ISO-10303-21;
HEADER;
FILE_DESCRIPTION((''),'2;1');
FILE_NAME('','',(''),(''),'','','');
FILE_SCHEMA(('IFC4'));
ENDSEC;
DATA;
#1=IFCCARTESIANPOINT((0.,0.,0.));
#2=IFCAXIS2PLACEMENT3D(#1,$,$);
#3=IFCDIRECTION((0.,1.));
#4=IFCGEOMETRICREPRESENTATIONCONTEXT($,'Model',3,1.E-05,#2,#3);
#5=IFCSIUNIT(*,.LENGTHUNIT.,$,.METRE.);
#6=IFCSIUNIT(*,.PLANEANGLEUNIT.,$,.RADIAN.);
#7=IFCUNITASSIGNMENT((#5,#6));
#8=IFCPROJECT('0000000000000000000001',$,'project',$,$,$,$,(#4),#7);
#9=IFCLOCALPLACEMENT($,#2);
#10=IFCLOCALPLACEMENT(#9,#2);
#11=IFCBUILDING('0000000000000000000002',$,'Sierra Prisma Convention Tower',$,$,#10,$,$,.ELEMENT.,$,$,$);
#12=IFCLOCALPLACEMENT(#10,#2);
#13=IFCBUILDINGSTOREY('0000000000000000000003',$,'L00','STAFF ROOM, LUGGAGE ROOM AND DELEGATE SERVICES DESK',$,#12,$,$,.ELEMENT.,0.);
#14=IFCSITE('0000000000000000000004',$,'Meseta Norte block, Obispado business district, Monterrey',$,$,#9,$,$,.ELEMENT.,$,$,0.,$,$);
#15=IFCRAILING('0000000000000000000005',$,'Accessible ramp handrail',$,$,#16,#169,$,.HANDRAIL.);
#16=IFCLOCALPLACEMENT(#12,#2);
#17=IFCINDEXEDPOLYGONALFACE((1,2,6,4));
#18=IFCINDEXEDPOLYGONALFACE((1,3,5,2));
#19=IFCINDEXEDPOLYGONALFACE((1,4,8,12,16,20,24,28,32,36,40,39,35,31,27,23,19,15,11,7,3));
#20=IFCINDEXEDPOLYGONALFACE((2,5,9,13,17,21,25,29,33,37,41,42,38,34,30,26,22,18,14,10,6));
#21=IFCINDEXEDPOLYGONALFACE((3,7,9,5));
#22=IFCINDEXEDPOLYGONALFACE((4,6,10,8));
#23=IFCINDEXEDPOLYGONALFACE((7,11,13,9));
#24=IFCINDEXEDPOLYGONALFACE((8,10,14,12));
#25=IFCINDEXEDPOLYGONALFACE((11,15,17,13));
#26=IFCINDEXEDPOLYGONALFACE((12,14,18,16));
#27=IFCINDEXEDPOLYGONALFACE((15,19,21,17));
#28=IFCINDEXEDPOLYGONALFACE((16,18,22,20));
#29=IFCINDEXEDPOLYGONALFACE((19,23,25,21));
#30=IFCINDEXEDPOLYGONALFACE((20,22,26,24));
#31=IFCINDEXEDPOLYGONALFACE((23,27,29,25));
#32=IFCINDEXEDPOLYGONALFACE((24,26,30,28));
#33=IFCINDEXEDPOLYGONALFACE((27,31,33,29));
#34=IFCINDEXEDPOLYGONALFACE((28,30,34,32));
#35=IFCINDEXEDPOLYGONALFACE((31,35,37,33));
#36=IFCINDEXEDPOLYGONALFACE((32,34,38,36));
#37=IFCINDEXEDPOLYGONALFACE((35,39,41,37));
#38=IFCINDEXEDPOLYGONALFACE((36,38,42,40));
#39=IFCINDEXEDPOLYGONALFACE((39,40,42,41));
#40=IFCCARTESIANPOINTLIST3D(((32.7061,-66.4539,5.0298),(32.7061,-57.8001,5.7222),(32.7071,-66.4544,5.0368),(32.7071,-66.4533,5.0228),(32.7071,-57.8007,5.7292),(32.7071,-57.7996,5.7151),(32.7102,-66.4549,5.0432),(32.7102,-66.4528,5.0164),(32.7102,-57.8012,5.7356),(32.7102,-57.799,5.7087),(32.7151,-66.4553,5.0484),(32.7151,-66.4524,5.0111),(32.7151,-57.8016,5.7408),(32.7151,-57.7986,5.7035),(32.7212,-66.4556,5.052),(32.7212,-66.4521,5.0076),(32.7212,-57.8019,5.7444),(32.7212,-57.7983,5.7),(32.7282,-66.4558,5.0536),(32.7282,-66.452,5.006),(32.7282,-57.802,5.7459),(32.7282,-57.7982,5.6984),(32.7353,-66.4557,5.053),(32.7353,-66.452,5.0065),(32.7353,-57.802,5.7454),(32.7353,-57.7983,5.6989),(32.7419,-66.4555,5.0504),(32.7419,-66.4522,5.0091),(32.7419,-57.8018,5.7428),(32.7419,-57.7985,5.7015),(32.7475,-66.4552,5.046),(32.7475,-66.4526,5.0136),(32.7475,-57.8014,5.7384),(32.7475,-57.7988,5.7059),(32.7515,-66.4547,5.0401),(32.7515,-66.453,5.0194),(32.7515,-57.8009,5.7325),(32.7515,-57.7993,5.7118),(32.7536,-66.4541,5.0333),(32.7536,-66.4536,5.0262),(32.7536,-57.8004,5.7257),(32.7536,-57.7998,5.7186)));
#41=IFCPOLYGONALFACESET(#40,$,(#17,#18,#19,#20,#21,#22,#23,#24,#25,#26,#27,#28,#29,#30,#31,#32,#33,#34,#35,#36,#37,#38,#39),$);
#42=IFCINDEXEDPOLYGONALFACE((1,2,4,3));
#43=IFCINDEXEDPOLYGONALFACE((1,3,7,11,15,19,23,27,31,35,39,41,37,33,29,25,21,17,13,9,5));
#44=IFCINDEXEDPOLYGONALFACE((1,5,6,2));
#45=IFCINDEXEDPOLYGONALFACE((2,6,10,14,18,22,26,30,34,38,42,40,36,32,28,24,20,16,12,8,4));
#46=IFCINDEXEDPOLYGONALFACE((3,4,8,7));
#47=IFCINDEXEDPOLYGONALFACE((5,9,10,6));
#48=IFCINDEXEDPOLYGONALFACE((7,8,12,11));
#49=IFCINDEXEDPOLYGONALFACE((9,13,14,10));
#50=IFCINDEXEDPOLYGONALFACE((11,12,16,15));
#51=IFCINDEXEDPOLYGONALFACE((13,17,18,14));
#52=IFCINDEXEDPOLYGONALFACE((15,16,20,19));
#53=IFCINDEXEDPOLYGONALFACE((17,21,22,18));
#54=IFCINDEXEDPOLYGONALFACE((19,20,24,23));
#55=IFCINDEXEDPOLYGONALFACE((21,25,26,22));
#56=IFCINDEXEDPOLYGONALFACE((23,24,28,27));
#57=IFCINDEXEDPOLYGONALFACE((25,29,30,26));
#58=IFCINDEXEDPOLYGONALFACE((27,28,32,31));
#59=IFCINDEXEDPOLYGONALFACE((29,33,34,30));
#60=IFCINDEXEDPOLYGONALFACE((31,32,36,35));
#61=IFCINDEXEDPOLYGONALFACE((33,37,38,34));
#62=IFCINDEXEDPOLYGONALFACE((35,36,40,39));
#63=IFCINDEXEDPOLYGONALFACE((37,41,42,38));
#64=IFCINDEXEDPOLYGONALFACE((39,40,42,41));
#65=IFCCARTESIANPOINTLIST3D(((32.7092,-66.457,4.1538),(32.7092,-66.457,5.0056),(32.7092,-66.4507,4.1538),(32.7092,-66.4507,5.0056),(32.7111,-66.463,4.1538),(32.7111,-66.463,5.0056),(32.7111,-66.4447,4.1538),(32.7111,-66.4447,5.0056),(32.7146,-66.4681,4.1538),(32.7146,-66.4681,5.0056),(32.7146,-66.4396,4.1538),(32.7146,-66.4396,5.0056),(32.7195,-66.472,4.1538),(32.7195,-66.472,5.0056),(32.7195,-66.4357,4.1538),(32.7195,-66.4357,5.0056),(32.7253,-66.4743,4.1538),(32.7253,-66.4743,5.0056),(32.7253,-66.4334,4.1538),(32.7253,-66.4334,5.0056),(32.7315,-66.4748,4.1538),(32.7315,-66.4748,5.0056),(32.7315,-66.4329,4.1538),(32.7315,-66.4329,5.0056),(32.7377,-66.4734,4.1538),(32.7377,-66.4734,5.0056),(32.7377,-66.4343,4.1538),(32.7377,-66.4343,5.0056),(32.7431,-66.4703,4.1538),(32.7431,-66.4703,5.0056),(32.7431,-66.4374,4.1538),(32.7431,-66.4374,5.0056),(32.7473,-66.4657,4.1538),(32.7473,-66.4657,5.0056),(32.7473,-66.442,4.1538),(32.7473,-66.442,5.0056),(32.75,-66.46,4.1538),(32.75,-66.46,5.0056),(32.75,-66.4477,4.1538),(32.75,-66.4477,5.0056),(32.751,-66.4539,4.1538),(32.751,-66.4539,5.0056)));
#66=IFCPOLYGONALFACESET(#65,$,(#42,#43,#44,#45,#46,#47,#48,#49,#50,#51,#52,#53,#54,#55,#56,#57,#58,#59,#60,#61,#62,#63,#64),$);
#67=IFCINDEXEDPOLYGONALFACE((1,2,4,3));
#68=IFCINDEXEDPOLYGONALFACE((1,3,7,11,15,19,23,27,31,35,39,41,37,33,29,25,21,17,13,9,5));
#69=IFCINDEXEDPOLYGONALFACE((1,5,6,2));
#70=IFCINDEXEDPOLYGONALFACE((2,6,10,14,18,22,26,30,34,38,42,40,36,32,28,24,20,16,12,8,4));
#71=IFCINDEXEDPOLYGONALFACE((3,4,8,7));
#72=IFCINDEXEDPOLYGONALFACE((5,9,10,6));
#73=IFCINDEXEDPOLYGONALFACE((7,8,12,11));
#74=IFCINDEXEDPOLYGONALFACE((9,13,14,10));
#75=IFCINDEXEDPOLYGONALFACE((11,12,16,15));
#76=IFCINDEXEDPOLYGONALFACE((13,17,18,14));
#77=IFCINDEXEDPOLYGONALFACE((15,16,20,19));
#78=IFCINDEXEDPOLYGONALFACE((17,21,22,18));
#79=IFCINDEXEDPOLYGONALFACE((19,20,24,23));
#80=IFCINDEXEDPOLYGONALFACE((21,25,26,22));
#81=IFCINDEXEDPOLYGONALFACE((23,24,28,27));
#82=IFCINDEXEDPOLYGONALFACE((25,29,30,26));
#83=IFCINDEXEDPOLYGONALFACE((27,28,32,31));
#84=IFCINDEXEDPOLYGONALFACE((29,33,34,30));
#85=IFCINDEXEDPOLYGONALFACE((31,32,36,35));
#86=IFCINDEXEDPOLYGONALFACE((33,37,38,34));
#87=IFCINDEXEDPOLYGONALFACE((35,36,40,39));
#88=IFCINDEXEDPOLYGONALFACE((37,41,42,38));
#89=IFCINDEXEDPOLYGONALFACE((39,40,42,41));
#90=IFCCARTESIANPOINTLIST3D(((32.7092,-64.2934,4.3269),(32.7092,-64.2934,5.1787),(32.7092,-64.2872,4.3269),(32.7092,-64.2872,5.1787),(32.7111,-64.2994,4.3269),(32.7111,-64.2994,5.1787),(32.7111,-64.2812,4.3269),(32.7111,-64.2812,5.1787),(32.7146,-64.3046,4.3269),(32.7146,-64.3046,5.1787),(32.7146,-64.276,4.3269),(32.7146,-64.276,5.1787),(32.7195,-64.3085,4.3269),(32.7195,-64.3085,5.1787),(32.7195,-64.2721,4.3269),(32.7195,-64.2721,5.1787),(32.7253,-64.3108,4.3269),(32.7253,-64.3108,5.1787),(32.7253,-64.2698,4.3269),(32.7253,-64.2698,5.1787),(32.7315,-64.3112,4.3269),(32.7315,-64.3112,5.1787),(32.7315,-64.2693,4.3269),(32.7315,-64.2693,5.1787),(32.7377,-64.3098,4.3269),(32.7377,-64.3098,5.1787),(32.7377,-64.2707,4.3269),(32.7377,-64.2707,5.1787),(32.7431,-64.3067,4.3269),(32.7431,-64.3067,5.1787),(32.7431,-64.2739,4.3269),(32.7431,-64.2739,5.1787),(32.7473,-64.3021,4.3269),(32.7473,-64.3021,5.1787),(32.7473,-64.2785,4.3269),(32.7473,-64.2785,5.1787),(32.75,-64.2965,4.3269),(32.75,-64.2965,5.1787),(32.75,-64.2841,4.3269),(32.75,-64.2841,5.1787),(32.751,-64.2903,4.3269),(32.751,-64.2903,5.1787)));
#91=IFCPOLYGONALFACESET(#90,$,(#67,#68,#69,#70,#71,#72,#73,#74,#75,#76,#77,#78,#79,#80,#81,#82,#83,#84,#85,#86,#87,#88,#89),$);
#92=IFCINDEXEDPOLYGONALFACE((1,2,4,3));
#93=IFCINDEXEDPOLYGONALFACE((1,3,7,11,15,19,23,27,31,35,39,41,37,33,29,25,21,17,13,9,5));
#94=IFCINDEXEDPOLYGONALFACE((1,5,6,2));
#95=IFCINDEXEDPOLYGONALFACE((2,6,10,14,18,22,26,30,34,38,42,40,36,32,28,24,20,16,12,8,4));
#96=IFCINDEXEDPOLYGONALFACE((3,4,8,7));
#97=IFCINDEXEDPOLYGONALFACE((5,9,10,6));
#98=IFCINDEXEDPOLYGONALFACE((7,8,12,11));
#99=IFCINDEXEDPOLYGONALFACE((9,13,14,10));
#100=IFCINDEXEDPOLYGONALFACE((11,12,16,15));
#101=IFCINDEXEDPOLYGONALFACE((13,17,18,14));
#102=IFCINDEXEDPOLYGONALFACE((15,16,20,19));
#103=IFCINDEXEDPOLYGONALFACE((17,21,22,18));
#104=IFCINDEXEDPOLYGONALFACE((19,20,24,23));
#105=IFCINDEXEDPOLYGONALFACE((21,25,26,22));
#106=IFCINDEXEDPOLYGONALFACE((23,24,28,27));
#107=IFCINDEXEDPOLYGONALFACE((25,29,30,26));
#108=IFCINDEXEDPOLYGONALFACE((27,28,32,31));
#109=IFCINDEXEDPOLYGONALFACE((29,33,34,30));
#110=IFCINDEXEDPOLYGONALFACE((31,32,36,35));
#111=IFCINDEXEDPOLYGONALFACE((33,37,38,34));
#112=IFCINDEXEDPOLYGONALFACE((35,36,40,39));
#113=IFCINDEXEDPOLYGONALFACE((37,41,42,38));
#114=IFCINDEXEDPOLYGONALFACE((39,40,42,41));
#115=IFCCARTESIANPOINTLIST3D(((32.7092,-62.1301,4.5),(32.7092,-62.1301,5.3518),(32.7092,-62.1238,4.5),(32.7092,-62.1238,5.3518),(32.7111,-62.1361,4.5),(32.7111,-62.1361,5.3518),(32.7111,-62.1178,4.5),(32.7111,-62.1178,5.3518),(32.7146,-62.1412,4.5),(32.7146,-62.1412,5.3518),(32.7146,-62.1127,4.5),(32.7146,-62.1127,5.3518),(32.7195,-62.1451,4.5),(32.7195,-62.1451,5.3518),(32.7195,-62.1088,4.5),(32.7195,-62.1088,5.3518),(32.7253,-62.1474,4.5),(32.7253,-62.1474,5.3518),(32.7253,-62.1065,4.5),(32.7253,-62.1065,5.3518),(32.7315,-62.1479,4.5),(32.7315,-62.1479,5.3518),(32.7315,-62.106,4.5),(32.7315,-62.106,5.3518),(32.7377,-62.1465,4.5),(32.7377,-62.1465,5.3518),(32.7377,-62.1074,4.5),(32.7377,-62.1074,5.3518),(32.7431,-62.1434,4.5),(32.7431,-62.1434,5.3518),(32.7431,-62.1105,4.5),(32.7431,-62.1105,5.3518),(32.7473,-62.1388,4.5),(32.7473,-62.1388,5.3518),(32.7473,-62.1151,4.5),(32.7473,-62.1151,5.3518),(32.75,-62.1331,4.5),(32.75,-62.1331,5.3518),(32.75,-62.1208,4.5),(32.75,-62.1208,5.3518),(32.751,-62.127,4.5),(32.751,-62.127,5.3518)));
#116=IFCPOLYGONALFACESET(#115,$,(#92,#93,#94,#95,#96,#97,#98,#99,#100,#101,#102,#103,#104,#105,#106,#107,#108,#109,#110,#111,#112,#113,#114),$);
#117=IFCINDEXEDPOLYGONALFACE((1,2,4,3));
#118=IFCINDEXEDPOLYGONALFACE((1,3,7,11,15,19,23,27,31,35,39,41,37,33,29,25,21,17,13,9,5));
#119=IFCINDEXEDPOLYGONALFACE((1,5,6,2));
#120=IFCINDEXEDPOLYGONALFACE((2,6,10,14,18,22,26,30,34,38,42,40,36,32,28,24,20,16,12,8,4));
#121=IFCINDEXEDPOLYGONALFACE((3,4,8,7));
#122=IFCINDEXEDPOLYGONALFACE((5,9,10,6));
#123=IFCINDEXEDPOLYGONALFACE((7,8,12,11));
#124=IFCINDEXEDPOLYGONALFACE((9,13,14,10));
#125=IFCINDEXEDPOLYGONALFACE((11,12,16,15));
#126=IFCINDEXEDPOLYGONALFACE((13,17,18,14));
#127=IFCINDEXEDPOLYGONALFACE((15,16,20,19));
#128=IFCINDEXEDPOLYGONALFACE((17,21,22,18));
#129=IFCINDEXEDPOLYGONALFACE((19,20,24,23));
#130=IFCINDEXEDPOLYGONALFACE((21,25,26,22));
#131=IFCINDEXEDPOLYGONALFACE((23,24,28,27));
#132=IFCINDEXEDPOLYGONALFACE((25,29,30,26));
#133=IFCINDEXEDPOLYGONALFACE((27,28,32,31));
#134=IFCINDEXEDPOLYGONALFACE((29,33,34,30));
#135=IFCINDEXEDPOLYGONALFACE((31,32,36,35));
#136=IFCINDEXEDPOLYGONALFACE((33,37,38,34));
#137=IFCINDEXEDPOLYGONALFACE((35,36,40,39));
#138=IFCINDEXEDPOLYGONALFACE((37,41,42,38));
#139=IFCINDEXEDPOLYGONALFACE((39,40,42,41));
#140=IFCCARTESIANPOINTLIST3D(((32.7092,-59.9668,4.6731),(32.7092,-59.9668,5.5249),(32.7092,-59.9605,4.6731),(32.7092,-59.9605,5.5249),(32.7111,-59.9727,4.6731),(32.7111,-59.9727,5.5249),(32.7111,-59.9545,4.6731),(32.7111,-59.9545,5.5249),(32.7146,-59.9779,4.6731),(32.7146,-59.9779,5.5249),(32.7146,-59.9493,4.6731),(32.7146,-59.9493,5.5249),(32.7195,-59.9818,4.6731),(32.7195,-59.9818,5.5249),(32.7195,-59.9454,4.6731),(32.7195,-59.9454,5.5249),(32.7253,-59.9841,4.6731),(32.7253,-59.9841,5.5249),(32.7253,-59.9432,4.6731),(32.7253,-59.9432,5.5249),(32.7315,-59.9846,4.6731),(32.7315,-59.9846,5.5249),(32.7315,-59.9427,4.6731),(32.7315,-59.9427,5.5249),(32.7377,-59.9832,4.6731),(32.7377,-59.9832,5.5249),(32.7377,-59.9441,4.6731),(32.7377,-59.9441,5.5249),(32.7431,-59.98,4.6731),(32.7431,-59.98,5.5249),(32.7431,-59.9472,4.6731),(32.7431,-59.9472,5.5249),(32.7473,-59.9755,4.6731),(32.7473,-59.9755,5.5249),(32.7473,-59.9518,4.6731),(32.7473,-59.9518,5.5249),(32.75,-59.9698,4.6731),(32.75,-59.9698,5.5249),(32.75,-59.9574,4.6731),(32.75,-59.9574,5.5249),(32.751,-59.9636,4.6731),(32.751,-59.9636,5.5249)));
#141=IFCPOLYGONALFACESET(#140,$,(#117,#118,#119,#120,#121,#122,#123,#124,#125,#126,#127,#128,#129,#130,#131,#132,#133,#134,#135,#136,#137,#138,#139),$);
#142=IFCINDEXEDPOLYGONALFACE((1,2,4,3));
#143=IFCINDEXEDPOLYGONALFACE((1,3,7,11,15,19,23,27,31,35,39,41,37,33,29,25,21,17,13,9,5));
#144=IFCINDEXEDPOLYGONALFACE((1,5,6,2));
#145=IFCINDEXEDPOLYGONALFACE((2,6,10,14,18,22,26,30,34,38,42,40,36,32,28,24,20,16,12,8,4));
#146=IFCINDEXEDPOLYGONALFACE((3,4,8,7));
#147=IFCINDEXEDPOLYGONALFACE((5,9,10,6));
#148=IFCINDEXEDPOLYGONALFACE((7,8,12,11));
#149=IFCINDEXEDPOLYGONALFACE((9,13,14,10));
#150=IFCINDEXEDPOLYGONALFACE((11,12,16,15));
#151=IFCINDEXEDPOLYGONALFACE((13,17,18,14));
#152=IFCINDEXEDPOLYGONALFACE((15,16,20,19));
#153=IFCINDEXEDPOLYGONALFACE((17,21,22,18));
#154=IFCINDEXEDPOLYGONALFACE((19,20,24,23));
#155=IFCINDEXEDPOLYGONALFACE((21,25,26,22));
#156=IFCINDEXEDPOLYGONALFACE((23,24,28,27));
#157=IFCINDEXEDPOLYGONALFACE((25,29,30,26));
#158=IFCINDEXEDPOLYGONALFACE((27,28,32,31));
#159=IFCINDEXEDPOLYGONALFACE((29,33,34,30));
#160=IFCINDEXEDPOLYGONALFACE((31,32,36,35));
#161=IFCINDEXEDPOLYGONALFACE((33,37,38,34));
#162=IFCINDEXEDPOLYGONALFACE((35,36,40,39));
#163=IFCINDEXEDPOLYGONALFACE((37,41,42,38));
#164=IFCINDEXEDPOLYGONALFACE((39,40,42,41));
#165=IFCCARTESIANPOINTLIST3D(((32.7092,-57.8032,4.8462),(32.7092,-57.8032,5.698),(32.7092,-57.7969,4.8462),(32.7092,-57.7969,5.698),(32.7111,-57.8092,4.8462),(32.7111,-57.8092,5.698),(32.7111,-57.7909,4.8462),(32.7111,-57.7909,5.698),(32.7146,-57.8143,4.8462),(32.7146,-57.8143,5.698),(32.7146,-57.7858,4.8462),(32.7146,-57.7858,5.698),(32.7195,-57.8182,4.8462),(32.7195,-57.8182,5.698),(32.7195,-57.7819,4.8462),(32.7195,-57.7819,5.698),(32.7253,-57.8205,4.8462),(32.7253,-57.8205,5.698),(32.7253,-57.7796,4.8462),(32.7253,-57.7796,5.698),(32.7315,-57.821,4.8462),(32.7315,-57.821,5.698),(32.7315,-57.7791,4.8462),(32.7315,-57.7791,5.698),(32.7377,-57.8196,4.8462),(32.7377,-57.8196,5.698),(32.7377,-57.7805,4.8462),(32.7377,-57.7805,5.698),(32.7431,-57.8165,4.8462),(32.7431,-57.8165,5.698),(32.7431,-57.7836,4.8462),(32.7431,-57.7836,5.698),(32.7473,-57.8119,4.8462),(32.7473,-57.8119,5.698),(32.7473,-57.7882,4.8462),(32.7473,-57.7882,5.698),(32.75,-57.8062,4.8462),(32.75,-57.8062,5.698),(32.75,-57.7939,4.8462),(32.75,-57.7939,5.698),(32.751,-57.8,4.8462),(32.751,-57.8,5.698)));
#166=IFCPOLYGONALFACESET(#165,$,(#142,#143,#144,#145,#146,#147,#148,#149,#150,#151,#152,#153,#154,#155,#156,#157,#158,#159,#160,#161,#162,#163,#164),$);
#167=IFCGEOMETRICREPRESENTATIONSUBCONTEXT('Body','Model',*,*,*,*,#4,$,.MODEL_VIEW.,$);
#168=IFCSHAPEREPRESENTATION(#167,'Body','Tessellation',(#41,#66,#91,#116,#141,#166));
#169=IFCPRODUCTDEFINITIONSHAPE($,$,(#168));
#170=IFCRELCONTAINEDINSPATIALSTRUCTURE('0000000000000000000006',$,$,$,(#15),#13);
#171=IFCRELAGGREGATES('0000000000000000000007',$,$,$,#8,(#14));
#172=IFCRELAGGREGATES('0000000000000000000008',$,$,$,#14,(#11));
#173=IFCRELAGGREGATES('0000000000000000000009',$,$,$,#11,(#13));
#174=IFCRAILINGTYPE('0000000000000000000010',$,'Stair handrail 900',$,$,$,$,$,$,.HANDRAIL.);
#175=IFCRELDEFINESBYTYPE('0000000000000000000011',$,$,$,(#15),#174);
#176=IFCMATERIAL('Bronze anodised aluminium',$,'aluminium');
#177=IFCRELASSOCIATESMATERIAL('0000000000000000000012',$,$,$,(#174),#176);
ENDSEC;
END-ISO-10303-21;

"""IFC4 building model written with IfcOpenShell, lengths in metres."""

from ifc_helpers import new_model, si_unit, direction, frame, origin, origin_2d, place, context, subcontext, project, spatial, circle, extrude, material, type_object, element, save


model = new_model("IFC4")

# Units and contexts
model_context = context("Model", 3, precision=1e-05, world=origin(), true_north=direction((0.0, 1.0)))
body_context = subcontext(model_context, "Body", "Model", "MODEL_VIEW")
ifc_project = project(units=[si_unit("LENGTHUNIT", "METRE"), si_unit("PLANEANGLEUNIT", "RADIAN")], contexts=[model_context])

# Site, building, storey
site_placement = place(None, origin())
site = spatial("IfcSite", under=ifc_project, at=site_placement, Name="Meseta Norte block, Obispado business district, Monterrey", CompositionType="ELEMENT", RefElevation=0.0)
building_placement = place(site_placement, origin())
building = spatial("IfcBuilding", under=site, at=building_placement, Name="Sierra Prisma Convention Tower", CompositionType="ELEMENT")
storey_placement = place(building_placement, origin())
storey = spatial("IfcBuildingStorey", under=building, at=storey_placement, Name="L00", Description="STAFF ROOM, LUGGAGE ROOM AND DELEGATE SERVICES DESK", CompositionType="ELEMENT", Elevation=0.0)

# Railing
ifc_material_1 = material(Name="Bronze anodised aluminium", Category="aluminium")
railing_type_1 = type_object("IfcRailingType", Name="Stair handrail 900", PredefinedType="HANDRAIL", material=ifc_material_1)
for number, where, name in (
    (1, (32.73, -66.4539, 4.1538), "Accessible ramp handrail"),
):
    element("IfcRailing", number, at=place(storey_placement, frame(where)), inside=storey, type_object=railing_type_1, Name=name, PredefinedType="HANDRAIL", context=body_context, shape_type="SweptSolid", body=[
        extrude(circle(Radius=0.0239, at=origin_2d()), frame((0.0, 0.0, 0.876), z_axis=(0.0, 0.996815, 0.079754), x_axis=(-1.0, 0.0, 0.0)), (0.0, 0.0, 1.0), 8.6814),
        extrude(circle(Radius=0.021, at=origin_2d()), origin(), (0.0, 0.0, 1.0), 0.8518),
        extrude(circle(Radius=0.021, at=origin_2d()), frame((0.0, 2.1636, 0.1731)), (0.0, 0.0, 1.0), 0.8518),
        extrude(circle(Radius=0.021, at=origin_2d()), frame((0.0, 4.3269, 0.3462)), (0.0, 0.0, 1.0), 0.8518),
        extrude(circle(Radius=0.021, at=origin_2d()), frame((0.0, 6.4902, 0.5193)), (0.0, 0.0, 1.0), 0.8518),
        extrude(circle(Radius=0.021, at=origin_2d()), frame((0.0, 8.6538, 0.6924)), (0.0, 0.0, 1.0), 0.8518),
    ])

save(model, "model.ifc")
